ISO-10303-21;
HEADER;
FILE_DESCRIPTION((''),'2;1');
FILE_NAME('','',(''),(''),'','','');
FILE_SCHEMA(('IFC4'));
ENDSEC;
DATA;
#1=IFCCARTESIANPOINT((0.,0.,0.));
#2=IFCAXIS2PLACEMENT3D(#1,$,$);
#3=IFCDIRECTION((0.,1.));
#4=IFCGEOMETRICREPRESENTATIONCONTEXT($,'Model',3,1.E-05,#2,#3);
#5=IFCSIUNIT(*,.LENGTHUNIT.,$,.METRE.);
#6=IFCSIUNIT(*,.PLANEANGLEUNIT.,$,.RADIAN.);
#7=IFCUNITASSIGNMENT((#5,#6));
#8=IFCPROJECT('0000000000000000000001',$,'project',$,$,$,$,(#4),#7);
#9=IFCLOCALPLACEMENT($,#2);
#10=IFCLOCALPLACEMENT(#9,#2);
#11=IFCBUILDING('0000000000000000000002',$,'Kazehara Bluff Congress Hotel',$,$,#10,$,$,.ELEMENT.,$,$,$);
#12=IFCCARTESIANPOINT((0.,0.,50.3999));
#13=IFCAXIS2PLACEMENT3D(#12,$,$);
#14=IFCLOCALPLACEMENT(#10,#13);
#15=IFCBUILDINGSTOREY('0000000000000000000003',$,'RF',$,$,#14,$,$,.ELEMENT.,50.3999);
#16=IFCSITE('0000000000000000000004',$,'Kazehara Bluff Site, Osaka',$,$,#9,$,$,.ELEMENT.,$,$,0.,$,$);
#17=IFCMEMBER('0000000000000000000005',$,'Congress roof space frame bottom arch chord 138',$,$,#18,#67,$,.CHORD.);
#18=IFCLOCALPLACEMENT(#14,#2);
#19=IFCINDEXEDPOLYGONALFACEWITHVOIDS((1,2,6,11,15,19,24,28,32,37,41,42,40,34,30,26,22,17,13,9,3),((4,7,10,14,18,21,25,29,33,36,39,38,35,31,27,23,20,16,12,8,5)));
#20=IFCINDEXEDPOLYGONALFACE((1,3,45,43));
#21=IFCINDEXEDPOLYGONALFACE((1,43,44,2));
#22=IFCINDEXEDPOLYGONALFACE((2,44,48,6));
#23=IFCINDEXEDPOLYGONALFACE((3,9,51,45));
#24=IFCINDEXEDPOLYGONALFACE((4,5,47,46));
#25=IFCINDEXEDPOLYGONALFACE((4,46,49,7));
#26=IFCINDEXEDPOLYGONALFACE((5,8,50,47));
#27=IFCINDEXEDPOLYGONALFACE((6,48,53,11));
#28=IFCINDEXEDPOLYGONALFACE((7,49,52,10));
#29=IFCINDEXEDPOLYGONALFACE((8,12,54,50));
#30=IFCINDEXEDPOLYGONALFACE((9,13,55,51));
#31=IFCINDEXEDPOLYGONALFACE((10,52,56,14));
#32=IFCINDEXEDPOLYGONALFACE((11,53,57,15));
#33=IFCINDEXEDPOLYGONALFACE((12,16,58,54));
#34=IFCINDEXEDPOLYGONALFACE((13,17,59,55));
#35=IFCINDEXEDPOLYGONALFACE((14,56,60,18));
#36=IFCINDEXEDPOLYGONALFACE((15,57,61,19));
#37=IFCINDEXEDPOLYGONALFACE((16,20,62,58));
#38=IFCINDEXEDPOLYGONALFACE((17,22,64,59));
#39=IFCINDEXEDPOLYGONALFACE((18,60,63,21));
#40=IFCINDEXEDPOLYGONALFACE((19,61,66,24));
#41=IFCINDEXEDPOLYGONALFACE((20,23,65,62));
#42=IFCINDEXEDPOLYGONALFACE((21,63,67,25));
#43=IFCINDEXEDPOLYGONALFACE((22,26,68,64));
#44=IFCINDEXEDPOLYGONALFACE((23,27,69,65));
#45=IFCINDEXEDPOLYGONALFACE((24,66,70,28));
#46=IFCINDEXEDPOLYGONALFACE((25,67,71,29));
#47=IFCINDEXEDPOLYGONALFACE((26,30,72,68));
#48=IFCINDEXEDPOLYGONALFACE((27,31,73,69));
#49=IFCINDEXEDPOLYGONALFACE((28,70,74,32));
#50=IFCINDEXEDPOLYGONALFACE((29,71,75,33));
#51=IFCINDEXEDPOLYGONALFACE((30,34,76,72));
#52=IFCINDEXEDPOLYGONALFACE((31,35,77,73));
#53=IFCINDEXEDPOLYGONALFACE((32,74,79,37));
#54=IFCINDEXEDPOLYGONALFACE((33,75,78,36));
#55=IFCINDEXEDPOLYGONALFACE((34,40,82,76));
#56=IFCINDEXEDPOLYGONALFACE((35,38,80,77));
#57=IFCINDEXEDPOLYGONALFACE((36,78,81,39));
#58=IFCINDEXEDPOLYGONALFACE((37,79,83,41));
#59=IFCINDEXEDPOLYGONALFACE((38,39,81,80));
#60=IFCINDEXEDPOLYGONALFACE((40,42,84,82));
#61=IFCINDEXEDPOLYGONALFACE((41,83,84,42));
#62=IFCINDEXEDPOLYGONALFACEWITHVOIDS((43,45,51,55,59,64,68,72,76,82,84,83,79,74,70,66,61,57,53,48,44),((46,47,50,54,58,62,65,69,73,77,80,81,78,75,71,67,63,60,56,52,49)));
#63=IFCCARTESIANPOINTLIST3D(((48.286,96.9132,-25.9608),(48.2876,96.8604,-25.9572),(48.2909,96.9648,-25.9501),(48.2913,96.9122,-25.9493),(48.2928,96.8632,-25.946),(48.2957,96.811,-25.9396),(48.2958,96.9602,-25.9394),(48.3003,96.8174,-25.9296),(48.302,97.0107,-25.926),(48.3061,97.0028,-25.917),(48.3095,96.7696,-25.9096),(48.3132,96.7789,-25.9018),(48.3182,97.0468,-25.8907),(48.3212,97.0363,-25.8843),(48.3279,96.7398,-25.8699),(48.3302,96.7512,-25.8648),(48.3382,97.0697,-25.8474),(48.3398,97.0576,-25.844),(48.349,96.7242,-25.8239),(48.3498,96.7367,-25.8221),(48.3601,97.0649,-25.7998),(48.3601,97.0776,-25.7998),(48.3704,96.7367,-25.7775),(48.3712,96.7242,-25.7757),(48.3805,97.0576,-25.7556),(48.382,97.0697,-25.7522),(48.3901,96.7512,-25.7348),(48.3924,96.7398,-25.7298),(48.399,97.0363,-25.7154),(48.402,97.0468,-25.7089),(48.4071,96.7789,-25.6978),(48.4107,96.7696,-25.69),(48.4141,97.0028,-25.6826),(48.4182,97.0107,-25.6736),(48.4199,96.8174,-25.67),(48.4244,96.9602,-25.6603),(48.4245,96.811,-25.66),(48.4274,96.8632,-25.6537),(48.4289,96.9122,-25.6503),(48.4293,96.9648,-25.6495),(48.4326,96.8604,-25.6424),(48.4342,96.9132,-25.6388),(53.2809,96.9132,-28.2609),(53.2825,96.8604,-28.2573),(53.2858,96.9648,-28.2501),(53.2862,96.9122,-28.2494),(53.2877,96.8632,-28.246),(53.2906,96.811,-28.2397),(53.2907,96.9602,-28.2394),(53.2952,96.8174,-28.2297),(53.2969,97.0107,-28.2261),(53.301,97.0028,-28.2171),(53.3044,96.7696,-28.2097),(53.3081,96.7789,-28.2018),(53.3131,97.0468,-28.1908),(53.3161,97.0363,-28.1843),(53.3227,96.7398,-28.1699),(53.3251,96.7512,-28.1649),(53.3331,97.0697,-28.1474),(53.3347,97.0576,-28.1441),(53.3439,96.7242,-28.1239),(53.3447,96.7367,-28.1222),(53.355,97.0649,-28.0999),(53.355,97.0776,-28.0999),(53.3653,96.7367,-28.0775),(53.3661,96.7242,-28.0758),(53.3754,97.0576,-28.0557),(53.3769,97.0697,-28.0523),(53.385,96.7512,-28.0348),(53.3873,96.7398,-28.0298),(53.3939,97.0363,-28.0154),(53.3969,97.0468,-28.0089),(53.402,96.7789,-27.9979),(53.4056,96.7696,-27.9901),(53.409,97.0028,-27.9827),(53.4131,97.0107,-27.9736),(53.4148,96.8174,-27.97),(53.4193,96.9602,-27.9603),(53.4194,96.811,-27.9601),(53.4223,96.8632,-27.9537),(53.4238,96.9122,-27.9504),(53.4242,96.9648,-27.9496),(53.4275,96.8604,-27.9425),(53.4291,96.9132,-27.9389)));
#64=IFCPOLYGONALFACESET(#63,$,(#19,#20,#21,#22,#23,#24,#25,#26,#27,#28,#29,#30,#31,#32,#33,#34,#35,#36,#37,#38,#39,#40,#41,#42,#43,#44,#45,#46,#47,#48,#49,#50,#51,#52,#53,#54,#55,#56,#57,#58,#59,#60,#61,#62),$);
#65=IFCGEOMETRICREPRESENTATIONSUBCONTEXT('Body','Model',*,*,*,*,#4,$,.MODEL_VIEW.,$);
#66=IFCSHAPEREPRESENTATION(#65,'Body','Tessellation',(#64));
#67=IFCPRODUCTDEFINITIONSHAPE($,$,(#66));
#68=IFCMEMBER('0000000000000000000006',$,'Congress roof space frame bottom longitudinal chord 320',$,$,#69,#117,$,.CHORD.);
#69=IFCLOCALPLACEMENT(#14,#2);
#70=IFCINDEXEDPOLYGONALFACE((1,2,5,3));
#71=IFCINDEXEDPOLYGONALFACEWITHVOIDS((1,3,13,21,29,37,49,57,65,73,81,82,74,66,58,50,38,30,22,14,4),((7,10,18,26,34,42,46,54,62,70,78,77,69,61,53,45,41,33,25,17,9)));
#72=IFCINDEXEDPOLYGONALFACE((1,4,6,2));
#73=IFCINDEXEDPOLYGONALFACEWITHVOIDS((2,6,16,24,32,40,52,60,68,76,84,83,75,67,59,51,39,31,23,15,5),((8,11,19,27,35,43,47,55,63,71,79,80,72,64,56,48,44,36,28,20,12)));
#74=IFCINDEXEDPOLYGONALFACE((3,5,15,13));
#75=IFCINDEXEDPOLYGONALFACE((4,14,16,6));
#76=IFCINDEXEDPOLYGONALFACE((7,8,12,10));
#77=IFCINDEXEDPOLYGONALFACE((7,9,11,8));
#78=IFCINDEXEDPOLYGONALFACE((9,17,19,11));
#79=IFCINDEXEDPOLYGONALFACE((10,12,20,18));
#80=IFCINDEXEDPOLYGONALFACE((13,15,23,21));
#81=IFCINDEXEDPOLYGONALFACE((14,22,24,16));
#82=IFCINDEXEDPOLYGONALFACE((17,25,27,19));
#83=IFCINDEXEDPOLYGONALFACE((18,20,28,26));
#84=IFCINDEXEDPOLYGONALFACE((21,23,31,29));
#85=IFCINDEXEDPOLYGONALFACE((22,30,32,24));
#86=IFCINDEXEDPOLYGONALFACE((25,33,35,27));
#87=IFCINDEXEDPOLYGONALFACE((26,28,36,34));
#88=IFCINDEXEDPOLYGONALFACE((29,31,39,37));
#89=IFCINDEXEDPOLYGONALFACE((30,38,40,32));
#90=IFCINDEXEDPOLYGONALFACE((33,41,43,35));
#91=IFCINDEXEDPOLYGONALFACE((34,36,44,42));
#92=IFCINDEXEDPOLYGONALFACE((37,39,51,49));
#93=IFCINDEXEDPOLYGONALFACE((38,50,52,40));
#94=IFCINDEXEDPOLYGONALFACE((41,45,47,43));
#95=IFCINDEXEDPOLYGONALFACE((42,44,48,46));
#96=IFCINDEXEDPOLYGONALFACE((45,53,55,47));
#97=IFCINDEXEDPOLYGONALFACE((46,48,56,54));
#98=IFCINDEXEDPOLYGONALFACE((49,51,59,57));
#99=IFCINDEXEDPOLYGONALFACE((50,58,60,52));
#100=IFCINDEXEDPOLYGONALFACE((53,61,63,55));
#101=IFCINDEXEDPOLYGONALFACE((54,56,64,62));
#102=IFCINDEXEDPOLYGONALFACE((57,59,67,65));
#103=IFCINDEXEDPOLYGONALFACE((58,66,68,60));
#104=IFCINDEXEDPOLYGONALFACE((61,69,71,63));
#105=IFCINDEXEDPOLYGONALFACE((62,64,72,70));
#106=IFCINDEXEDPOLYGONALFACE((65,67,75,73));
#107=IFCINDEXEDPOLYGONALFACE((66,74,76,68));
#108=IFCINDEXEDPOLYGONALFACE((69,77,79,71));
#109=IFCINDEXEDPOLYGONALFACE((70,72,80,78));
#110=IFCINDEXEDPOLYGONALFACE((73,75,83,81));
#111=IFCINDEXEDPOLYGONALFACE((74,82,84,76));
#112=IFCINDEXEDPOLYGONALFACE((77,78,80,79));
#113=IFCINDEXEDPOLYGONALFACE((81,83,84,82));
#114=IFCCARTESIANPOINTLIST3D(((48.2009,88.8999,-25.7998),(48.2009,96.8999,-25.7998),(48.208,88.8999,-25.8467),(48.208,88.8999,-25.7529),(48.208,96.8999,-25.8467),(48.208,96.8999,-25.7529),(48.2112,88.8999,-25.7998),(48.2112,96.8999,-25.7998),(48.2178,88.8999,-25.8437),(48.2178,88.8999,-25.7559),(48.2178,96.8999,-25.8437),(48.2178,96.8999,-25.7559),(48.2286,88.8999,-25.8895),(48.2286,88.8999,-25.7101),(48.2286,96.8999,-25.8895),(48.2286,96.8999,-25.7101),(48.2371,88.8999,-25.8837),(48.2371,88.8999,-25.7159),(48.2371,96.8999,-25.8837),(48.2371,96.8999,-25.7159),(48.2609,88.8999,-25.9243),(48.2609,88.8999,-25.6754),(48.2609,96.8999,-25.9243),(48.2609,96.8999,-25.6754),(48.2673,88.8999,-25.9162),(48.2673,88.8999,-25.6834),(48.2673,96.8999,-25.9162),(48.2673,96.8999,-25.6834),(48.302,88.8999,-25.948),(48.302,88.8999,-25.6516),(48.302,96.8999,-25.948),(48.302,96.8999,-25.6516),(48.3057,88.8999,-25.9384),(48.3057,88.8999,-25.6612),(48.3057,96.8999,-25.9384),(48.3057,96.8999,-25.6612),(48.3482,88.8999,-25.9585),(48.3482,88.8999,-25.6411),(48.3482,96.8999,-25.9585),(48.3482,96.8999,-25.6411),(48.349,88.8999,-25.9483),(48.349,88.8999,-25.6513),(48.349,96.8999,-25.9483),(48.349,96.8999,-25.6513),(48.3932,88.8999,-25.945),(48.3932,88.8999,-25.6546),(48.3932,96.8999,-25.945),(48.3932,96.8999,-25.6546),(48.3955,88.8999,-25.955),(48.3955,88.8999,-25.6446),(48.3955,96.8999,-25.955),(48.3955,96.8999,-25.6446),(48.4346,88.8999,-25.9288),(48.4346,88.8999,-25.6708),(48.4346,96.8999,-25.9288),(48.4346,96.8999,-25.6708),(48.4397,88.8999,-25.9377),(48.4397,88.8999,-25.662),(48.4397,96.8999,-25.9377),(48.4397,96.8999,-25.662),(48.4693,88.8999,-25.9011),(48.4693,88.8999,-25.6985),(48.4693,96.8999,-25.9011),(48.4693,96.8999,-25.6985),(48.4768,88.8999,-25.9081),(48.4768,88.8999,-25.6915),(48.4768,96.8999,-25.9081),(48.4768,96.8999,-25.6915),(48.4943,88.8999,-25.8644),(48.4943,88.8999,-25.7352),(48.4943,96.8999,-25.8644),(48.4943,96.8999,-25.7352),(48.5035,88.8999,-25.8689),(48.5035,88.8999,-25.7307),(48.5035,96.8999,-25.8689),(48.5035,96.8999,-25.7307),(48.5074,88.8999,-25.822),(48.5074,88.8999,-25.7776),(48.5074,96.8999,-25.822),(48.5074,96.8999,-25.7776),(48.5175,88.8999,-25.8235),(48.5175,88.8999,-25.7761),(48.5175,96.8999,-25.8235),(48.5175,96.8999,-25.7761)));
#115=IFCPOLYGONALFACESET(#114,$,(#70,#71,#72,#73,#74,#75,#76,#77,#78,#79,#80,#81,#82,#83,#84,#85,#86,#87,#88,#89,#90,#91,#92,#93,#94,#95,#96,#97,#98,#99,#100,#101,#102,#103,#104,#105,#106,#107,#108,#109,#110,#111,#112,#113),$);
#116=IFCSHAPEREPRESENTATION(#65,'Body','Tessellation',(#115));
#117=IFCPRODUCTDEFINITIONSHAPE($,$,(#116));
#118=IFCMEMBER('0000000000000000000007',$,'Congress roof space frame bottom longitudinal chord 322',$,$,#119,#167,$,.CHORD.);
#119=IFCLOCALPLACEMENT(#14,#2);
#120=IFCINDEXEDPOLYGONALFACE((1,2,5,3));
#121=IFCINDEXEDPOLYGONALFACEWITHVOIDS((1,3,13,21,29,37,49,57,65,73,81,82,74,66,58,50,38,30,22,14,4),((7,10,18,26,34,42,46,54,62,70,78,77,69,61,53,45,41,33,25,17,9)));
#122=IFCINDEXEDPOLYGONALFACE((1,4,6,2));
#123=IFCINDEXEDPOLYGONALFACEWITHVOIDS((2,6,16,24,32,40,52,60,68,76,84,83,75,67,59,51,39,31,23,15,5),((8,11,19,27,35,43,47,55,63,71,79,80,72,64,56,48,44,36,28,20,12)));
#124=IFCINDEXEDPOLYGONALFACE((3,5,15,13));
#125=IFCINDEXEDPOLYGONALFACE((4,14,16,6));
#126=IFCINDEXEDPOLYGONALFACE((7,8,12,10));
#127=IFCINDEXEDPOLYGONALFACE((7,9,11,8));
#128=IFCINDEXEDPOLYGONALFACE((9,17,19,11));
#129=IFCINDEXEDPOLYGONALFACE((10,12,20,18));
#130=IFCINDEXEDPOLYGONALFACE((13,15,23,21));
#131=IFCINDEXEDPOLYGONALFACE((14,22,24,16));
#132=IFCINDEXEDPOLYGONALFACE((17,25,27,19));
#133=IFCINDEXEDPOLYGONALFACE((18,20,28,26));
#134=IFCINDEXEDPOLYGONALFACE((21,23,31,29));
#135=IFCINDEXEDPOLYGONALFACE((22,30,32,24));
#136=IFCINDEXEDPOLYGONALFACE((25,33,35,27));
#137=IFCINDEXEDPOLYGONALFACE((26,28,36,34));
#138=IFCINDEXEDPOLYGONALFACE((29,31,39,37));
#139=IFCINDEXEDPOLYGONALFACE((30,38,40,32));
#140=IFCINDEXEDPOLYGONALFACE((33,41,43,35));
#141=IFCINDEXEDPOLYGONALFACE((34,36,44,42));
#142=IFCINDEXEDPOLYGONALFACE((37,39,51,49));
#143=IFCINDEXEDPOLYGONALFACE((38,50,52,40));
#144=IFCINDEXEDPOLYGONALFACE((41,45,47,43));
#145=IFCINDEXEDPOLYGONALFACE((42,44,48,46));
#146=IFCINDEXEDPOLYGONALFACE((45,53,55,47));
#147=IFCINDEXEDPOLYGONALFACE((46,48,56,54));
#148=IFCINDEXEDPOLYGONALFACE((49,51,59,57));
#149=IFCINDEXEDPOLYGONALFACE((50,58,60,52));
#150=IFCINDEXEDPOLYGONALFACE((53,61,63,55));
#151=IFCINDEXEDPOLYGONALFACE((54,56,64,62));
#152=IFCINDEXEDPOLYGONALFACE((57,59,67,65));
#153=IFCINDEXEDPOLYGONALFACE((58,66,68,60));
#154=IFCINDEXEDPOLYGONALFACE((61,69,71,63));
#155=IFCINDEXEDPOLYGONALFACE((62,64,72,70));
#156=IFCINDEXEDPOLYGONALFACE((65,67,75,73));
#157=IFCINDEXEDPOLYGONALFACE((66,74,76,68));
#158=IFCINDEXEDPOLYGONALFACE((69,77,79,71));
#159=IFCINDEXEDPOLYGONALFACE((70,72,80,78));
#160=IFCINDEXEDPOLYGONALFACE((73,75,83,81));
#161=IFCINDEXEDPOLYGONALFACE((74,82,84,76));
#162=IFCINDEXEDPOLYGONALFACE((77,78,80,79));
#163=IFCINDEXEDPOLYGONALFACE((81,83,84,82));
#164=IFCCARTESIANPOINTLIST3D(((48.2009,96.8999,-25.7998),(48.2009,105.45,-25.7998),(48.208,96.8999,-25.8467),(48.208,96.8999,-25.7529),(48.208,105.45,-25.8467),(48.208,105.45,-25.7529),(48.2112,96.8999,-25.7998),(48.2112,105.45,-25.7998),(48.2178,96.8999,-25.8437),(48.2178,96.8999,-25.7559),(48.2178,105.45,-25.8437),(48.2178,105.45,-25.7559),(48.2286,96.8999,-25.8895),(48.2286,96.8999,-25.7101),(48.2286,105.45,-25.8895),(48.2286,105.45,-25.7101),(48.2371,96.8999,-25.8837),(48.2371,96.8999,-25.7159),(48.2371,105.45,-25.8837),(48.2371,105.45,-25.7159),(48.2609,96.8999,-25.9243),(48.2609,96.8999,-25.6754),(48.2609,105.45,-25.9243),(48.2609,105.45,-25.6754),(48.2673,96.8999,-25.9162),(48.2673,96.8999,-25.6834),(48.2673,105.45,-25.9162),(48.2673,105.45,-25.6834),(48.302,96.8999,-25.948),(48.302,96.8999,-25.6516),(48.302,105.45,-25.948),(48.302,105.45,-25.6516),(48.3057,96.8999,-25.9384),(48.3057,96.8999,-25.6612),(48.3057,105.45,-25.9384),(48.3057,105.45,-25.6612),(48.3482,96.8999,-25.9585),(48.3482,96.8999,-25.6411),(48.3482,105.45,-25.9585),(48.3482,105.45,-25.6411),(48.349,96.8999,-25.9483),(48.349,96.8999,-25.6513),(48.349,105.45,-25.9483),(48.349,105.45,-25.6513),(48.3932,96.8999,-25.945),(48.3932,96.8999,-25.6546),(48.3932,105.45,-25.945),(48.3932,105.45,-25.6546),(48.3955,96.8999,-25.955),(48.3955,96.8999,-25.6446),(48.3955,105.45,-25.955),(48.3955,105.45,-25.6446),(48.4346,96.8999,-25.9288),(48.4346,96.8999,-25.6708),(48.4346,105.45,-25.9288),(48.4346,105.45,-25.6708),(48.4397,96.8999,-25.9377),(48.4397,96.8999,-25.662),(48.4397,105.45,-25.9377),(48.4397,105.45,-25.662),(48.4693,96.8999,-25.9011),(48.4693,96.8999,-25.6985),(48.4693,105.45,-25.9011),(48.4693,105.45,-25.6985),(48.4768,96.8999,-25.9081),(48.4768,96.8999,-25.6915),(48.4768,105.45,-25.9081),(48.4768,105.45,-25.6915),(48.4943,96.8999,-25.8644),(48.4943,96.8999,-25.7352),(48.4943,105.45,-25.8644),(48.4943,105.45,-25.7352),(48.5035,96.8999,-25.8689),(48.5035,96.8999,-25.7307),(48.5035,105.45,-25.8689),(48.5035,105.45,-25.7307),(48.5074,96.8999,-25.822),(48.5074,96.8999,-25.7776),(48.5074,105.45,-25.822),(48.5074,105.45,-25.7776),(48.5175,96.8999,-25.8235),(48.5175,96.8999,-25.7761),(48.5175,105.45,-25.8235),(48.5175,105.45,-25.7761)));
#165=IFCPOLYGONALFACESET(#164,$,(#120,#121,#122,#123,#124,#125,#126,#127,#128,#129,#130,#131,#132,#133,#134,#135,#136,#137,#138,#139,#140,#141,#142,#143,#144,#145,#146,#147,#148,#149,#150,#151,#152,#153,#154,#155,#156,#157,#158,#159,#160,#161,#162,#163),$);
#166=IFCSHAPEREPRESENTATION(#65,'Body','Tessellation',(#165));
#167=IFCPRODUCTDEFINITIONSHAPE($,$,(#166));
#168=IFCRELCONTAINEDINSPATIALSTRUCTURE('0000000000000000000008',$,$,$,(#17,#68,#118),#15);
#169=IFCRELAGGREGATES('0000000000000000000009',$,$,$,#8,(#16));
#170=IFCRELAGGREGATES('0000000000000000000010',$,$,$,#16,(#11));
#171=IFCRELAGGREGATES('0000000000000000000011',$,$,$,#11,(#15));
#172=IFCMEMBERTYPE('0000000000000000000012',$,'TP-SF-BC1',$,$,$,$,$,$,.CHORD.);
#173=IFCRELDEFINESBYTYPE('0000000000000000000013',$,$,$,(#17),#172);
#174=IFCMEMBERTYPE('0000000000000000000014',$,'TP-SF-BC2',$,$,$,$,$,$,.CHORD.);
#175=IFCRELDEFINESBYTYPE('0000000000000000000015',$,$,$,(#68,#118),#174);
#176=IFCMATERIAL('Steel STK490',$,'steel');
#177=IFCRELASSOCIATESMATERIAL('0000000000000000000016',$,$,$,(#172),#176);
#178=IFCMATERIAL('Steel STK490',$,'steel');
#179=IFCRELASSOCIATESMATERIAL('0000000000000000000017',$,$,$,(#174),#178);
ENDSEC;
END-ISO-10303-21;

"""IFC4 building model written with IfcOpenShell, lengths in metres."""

from ifc_helpers import new_model, si_unit, direction, frame, origin, origin_2d, place, context, subcontext, project, spatial, hollow_circle, extrude, material, material_profile, profile_set, type_object, element, save


model = new_model("IFC4")

# Units and contexts
model_context = context("Model", 3, precision=1e-05, world=origin(), true_north=direction((0.0, 1.0)))
body_context = subcontext(model_context, "Body", "Model", "MODEL_VIEW")
ifc_project = project(units=[si_unit("LENGTHUNIT", "METRE"), si_unit("PLANEANGLEUNIT", "RADIAN")], contexts=[model_context])

# Site, building, storey
site_placement = place(None, origin())
site = spatial("IfcSite", under=ifc_project, at=site_placement, Name="Kazehara Bluff Site, Osaka", CompositionType="ELEMENT", RefElevation=0.0)
building_placement = place(site_placement, origin())
building = spatial("IfcBuilding", under=site, at=building_placement, Name="Kazehara Bluff Congress Hotel", CompositionType="ELEMENT")
storey_placement = place(building_placement, frame((0.0, 0.0, 50.3999)))
storey = spatial("IfcBuildingStorey", under=building, at=storey_placement, Name="RF", CompositionType="ELEMENT", Elevation=50.3999)

# Members
ifc_material_1 = material(Name="Steel STK490", Category="steel")
ifc_material_profile_1 = material_profile(ifc_material_1, hollow_circle(Radius=0.1777, WallThickness=0.0127, at=origin_2d()))
ifc_profile_set_1 = profile_set([ifc_material_profile_1], Name="Steel STK490")
member_type_1 = type_object("IfcMemberType", Name="TP-SF-BC1", PredefinedType="CHORD", material=ifc_profile_set_1)
member_1_placement = place(storey_placement, frame((48.3601, 96.8999, -25.7998), z_axis=(0.908324, 0.0, -0.418267), x_axis=(0.0, 1.0, 0.0)))
element("IfcMember", 1, at=member_1_placement, inside=storey, type_object=member_type_1, Name="Congress roof space frame bottom arch chord 138", PredefinedType="CHORD", context=body_context, shape_type="SweptSolid", body=[
    extrude(hollow_circle(Radius=0.1777, WallThickness=0.0127, at=origin_2d()), origin(), (0.0, 0.0, 1.0), 5.499),
])
ifc_material_2 = material(Name="Steel STK490", Category="steel")
ifc_material_profile_2 = material_profile(ifc_material_2, hollow_circle(Radius=0.1592, WallThickness=0.0103, at=origin_2d()))
ifc_profile_set_2 = profile_set([ifc_material_profile_2], Name="Steel STK490")
member_type_2 = type_object("IfcMemberType", Name="TP-SF-BC2", PredefinedType="CHORD", material=ifc_profile_set_2)
member_2_placement = place(storey_placement, frame((48.3601, 88.8999, -25.7998), z_axis=(0.0, 1.0, 0.0), x_axis=(-1.0, 0.0, 0.0)))
element("IfcMember", 2, at=member_2_placement, inside=storey, type_object=member_type_2, Name="Congress roof space frame bottom longitudinal chord 320", PredefinedType="CHORD", context=body_context, shape_type="SweptSolid", body=[
    extrude(hollow_circle(Radius=0.1592, WallThickness=0.0103, at=origin_2d()), origin(), (0.0, 0.0, 1.0), 8.0),
])
member_3_placement = place(storey_placement, frame((48.3601, 96.8999, -25.7998), z_axis=(0.0, 1.0, 0.0), x_axis=(-1.0, 0.0, 0.0)))
element("IfcMember", 3, at=member_3_placement, inside=storey, type_object=member_type_2, Name="Congress roof space frame bottom longitudinal chord 322", PredefinedType="CHORD", context=body_context, shape_type="SweptSolid", body=[
    extrude(hollow_circle(Radius=0.1592, WallThickness=0.0103, at=origin_2d()), origin(), (0.0, 0.0, 1.0), 8.55),
])

save(model, "model.ifc")
